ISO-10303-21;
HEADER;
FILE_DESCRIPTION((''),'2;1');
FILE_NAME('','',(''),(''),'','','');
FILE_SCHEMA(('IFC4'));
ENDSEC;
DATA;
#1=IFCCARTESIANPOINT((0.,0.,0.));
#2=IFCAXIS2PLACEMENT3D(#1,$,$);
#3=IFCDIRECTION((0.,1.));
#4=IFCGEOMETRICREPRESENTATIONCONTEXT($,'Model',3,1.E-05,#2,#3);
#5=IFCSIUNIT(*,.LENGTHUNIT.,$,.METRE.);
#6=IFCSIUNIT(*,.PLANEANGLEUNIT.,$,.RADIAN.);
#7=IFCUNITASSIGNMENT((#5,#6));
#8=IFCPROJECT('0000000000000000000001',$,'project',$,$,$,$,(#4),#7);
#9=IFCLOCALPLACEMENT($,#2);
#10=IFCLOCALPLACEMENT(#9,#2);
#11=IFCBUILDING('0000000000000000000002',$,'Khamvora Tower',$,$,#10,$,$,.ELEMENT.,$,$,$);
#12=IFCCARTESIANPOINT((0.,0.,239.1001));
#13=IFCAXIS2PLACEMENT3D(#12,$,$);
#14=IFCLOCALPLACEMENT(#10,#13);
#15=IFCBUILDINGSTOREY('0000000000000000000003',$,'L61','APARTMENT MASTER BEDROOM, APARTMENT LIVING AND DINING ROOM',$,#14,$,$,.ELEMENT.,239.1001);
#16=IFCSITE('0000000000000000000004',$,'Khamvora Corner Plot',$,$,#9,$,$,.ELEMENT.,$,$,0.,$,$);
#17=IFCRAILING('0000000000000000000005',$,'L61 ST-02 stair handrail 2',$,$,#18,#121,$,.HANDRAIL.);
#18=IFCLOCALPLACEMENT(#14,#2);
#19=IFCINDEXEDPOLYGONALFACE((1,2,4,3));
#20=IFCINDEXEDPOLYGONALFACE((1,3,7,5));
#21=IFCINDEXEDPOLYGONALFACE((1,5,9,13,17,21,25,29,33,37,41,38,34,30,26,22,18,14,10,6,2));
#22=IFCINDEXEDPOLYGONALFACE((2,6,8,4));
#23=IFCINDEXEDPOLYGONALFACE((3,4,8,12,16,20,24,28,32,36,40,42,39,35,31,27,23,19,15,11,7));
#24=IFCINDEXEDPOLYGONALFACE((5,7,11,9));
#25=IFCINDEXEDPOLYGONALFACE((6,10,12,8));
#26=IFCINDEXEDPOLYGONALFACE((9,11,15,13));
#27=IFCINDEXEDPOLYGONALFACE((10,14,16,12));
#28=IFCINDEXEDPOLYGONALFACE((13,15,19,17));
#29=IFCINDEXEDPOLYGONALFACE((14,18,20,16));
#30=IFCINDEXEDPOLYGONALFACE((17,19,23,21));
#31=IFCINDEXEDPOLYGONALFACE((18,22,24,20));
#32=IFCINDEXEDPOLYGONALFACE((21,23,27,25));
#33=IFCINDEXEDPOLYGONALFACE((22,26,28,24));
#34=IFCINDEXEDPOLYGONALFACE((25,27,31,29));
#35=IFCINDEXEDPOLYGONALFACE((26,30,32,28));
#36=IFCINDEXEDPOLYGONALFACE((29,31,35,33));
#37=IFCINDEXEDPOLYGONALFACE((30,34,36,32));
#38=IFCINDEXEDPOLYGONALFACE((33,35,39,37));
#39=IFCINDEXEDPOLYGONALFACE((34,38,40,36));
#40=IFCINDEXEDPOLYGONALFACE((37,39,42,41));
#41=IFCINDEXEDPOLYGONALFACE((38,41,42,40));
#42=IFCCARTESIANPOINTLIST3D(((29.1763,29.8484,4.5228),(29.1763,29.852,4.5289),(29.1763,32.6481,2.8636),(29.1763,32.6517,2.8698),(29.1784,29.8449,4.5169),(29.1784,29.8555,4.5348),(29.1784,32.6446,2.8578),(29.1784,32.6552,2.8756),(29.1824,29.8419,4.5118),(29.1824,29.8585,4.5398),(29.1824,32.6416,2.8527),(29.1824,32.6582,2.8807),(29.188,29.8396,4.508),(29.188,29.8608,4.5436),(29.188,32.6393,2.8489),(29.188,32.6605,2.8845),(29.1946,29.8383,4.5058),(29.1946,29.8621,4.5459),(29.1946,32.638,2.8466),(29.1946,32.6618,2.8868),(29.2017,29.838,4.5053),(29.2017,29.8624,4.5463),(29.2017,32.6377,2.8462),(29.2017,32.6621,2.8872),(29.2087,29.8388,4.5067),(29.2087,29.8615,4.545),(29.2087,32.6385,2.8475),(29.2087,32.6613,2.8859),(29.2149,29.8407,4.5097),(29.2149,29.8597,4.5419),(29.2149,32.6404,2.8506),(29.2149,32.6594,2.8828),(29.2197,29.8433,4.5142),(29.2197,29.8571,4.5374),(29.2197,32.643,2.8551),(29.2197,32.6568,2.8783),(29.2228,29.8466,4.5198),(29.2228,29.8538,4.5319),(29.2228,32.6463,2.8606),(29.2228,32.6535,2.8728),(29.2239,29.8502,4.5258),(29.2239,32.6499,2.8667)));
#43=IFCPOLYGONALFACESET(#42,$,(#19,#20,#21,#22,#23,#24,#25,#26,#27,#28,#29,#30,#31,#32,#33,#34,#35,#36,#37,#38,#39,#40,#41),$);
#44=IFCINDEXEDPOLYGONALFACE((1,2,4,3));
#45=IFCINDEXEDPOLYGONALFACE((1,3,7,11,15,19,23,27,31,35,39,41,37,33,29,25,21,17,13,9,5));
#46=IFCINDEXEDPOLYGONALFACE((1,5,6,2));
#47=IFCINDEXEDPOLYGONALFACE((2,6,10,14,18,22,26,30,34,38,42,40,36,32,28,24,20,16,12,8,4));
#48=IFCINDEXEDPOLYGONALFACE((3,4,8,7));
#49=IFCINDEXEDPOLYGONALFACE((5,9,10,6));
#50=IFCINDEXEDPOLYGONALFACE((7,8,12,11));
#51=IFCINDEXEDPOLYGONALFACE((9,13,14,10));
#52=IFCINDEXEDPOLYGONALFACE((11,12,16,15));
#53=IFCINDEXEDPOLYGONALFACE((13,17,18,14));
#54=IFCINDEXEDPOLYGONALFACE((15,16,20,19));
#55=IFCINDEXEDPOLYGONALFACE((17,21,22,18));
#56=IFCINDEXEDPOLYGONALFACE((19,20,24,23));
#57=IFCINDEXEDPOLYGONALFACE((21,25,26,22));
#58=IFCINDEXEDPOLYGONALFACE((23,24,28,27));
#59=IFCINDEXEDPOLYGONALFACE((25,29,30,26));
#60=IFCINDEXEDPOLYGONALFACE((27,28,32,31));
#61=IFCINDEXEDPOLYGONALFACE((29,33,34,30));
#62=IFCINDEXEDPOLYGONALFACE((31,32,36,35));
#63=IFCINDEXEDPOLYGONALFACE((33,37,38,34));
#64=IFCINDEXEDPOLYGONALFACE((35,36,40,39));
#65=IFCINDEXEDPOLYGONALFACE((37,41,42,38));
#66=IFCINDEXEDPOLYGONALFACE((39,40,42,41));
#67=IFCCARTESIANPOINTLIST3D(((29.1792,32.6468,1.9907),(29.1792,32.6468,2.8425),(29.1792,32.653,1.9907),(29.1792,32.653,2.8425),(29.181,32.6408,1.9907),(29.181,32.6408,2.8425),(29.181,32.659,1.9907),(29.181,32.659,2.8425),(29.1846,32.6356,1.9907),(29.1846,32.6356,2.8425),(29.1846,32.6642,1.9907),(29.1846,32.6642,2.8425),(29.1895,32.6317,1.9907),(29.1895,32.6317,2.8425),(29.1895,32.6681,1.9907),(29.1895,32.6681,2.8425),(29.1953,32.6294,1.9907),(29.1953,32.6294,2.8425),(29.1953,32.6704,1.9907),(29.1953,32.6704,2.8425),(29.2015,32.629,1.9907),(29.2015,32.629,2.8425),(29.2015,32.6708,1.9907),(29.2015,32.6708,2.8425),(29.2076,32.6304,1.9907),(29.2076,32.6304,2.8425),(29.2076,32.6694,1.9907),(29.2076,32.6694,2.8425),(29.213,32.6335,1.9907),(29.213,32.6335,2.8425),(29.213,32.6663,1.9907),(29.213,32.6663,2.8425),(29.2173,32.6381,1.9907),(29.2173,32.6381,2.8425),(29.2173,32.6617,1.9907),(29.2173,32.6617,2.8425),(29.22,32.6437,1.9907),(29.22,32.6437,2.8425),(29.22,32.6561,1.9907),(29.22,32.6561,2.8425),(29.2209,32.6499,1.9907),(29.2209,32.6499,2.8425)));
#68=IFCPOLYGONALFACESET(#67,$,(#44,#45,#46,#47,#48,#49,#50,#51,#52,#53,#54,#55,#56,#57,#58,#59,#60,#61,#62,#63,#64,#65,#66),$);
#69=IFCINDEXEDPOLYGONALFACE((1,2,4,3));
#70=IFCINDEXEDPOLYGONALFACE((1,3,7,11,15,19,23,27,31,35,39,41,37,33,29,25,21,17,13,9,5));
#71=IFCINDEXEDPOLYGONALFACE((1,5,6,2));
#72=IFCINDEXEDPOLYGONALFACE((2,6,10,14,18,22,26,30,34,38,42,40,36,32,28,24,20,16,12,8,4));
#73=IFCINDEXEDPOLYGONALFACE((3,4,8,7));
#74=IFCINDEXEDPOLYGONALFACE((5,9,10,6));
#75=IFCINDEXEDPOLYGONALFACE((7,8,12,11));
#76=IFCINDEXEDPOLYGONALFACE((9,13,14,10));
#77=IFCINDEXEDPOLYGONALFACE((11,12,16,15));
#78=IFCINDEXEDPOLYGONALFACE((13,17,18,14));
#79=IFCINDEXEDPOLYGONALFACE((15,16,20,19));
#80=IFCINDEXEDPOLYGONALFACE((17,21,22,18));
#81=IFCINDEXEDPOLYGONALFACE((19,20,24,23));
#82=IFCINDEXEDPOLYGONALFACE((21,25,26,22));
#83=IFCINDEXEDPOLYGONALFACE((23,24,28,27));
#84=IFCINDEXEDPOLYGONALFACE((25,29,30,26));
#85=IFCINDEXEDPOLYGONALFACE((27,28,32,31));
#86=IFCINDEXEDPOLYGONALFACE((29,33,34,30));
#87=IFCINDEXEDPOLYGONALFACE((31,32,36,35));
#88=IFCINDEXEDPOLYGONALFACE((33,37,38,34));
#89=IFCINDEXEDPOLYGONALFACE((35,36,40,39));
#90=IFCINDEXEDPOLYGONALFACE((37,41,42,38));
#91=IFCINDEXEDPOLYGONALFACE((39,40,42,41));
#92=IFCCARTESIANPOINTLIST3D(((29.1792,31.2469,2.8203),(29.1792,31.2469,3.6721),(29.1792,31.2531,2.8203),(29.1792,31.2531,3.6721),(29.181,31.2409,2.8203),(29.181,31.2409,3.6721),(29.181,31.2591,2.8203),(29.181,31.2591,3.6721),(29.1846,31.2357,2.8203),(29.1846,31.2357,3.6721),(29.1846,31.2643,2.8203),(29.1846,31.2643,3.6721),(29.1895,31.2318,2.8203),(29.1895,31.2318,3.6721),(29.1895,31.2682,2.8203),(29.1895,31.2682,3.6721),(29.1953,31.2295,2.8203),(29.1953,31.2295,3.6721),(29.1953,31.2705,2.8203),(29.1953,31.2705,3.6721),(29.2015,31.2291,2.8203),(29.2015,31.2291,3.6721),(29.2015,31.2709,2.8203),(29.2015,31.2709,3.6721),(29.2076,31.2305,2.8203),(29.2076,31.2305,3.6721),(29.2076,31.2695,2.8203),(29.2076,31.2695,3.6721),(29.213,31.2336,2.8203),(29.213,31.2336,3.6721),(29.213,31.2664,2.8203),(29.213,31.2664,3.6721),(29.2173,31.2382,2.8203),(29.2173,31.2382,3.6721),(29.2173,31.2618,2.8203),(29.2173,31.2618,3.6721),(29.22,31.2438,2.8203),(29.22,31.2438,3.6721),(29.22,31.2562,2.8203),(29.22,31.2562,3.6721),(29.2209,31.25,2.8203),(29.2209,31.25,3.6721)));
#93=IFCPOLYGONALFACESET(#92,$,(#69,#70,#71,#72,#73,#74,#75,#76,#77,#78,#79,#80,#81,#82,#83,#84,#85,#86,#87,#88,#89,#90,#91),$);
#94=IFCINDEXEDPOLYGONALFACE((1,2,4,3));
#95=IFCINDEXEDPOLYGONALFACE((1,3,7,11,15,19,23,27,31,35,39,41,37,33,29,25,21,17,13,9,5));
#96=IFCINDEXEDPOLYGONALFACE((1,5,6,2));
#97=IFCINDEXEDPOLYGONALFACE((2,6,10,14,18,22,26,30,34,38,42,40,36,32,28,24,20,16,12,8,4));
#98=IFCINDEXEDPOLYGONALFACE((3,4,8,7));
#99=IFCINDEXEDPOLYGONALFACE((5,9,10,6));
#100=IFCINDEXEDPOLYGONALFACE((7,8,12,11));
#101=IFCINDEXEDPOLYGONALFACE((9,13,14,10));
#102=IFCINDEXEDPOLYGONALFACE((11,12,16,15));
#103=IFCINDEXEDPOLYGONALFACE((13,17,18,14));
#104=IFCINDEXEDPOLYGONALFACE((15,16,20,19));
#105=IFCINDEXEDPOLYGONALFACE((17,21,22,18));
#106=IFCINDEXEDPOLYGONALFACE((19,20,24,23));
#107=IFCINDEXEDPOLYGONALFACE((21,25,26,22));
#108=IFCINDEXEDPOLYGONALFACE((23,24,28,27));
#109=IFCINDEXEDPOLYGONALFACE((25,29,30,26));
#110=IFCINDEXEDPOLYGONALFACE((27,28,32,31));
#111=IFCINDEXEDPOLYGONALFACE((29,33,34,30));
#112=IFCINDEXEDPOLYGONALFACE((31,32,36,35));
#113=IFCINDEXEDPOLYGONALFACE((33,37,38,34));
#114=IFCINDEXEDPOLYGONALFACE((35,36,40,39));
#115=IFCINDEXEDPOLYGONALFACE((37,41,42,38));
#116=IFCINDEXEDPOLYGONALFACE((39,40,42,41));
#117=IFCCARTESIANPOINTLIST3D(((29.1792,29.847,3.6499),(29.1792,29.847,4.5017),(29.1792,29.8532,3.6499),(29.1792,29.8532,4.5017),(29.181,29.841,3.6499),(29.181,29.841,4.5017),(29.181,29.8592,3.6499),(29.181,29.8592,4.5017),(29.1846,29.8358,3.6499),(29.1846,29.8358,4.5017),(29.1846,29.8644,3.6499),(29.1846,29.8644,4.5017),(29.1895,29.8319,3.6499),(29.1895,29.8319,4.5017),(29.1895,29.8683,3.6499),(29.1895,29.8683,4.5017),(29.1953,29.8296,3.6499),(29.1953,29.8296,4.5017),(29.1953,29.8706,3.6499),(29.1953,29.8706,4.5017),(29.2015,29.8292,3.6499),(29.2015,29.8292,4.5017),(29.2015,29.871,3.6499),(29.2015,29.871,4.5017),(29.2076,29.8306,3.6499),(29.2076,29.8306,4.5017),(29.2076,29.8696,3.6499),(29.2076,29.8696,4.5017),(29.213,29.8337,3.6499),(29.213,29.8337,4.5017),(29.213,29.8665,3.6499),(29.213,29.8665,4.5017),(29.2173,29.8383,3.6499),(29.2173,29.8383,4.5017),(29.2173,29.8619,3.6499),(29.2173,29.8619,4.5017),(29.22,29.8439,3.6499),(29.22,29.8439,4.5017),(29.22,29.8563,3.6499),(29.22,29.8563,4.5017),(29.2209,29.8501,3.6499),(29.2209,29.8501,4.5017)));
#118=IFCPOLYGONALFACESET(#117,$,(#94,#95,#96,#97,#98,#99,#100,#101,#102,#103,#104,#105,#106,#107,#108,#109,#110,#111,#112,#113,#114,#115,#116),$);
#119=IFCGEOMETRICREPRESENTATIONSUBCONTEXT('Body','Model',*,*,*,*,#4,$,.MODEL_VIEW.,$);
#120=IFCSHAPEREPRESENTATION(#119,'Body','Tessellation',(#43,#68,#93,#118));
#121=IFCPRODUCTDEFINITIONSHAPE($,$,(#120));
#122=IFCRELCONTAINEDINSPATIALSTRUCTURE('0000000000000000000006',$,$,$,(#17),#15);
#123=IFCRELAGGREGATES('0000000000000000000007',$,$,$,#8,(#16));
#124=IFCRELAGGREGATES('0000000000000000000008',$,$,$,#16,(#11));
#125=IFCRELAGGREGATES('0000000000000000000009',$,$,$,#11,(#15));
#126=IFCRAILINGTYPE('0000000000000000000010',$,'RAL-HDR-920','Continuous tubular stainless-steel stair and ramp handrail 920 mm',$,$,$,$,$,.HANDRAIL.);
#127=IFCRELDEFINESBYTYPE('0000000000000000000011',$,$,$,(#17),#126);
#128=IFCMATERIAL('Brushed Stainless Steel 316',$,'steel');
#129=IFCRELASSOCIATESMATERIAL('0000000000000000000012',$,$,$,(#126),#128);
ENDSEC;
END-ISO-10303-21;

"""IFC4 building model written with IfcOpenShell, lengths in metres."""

from ifc_helpers import new_model, si_unit, direction, frame, origin, origin_2d, place, context, subcontext, project, spatial, circle, extrude, material, type_object, element, save


model = new_model("IFC4")

# Units and contexts
model_context = context("Model", 3, precision=1e-05, world=origin(), true_north=direction((0.0, 1.0)))
body_context = subcontext(model_context, "Body", "Model", "MODEL_VIEW")
ifc_project = project(units=[si_unit("LENGTHUNIT", "METRE"), si_unit("PLANEANGLEUNIT", "RADIAN")], contexts=[model_context])

# Site, building, storey
site_placement = place(None, origin())
site = spatial("IfcSite", under=ifc_project, at=site_placement, Name="Khamvora Corner Plot", CompositionType="ELEMENT", RefElevation=0.0)
building_placement = place(site_placement, origin())
building = spatial("IfcBuilding", under=site, at=building_placement, Name="Khamvora Tower", CompositionType="ELEMENT")
storey_placement = place(building_placement, frame((0.0, 0.0, 239.1001)))
storey = spatial("IfcBuildingStorey", under=building, at=storey_placement, Name="L61", Description="APARTMENT MASTER BEDROOM, APARTMENT LIVING AND DINING ROOM", CompositionType="ELEMENT", Elevation=239.1001)

# Railing
ifc_material_1 = material(Name="Brushed Stainless Steel 316", Category="steel")
railing_type_1 = type_object("IfcRailingType", Name="RAL-HDR-920", Description="Continuous tubular stainless-steel stair and ramp handrail 920 mm", PredefinedType="HANDRAIL", material=ifc_material_1)
railing_1_placement = place(storey_placement, frame((29.2, 32.6499, 1.9907)))
element("IfcRailing", 1, at=railing_1_placement, inside=storey, type_object=railing_type_1, Name="L61 ST-02 stair handrail 2", PredefinedType="HANDRAIL", context=body_context, shape_type="SweptSolid", body=[
    extrude(circle(Radius=0.0239, at=origin_2d()), frame((0.0, 0.0, 0.876), z_axis=(0.0, -0.860287, 0.509811), x_axis=(1.0, 0.0, 0.0)), (0.0, 0.0, 1.0), 3.2544),
    extrude(circle(Radius=0.021, at=origin_2d()), origin(), (0.0, 0.0, 1.0), 0.8518),
    extrude(circle(Radius=0.021, at=origin_2d()), frame((0.0, -1.3999, 0.8296)), (0.0, 0.0, 1.0), 0.8518),
    extrude(circle(Radius=0.021, at=origin_2d()), frame((0.0, -2.7998, 1.6592)), (0.0, 0.0, 1.0), 0.8518),
])

save(model, "model.ifc")
